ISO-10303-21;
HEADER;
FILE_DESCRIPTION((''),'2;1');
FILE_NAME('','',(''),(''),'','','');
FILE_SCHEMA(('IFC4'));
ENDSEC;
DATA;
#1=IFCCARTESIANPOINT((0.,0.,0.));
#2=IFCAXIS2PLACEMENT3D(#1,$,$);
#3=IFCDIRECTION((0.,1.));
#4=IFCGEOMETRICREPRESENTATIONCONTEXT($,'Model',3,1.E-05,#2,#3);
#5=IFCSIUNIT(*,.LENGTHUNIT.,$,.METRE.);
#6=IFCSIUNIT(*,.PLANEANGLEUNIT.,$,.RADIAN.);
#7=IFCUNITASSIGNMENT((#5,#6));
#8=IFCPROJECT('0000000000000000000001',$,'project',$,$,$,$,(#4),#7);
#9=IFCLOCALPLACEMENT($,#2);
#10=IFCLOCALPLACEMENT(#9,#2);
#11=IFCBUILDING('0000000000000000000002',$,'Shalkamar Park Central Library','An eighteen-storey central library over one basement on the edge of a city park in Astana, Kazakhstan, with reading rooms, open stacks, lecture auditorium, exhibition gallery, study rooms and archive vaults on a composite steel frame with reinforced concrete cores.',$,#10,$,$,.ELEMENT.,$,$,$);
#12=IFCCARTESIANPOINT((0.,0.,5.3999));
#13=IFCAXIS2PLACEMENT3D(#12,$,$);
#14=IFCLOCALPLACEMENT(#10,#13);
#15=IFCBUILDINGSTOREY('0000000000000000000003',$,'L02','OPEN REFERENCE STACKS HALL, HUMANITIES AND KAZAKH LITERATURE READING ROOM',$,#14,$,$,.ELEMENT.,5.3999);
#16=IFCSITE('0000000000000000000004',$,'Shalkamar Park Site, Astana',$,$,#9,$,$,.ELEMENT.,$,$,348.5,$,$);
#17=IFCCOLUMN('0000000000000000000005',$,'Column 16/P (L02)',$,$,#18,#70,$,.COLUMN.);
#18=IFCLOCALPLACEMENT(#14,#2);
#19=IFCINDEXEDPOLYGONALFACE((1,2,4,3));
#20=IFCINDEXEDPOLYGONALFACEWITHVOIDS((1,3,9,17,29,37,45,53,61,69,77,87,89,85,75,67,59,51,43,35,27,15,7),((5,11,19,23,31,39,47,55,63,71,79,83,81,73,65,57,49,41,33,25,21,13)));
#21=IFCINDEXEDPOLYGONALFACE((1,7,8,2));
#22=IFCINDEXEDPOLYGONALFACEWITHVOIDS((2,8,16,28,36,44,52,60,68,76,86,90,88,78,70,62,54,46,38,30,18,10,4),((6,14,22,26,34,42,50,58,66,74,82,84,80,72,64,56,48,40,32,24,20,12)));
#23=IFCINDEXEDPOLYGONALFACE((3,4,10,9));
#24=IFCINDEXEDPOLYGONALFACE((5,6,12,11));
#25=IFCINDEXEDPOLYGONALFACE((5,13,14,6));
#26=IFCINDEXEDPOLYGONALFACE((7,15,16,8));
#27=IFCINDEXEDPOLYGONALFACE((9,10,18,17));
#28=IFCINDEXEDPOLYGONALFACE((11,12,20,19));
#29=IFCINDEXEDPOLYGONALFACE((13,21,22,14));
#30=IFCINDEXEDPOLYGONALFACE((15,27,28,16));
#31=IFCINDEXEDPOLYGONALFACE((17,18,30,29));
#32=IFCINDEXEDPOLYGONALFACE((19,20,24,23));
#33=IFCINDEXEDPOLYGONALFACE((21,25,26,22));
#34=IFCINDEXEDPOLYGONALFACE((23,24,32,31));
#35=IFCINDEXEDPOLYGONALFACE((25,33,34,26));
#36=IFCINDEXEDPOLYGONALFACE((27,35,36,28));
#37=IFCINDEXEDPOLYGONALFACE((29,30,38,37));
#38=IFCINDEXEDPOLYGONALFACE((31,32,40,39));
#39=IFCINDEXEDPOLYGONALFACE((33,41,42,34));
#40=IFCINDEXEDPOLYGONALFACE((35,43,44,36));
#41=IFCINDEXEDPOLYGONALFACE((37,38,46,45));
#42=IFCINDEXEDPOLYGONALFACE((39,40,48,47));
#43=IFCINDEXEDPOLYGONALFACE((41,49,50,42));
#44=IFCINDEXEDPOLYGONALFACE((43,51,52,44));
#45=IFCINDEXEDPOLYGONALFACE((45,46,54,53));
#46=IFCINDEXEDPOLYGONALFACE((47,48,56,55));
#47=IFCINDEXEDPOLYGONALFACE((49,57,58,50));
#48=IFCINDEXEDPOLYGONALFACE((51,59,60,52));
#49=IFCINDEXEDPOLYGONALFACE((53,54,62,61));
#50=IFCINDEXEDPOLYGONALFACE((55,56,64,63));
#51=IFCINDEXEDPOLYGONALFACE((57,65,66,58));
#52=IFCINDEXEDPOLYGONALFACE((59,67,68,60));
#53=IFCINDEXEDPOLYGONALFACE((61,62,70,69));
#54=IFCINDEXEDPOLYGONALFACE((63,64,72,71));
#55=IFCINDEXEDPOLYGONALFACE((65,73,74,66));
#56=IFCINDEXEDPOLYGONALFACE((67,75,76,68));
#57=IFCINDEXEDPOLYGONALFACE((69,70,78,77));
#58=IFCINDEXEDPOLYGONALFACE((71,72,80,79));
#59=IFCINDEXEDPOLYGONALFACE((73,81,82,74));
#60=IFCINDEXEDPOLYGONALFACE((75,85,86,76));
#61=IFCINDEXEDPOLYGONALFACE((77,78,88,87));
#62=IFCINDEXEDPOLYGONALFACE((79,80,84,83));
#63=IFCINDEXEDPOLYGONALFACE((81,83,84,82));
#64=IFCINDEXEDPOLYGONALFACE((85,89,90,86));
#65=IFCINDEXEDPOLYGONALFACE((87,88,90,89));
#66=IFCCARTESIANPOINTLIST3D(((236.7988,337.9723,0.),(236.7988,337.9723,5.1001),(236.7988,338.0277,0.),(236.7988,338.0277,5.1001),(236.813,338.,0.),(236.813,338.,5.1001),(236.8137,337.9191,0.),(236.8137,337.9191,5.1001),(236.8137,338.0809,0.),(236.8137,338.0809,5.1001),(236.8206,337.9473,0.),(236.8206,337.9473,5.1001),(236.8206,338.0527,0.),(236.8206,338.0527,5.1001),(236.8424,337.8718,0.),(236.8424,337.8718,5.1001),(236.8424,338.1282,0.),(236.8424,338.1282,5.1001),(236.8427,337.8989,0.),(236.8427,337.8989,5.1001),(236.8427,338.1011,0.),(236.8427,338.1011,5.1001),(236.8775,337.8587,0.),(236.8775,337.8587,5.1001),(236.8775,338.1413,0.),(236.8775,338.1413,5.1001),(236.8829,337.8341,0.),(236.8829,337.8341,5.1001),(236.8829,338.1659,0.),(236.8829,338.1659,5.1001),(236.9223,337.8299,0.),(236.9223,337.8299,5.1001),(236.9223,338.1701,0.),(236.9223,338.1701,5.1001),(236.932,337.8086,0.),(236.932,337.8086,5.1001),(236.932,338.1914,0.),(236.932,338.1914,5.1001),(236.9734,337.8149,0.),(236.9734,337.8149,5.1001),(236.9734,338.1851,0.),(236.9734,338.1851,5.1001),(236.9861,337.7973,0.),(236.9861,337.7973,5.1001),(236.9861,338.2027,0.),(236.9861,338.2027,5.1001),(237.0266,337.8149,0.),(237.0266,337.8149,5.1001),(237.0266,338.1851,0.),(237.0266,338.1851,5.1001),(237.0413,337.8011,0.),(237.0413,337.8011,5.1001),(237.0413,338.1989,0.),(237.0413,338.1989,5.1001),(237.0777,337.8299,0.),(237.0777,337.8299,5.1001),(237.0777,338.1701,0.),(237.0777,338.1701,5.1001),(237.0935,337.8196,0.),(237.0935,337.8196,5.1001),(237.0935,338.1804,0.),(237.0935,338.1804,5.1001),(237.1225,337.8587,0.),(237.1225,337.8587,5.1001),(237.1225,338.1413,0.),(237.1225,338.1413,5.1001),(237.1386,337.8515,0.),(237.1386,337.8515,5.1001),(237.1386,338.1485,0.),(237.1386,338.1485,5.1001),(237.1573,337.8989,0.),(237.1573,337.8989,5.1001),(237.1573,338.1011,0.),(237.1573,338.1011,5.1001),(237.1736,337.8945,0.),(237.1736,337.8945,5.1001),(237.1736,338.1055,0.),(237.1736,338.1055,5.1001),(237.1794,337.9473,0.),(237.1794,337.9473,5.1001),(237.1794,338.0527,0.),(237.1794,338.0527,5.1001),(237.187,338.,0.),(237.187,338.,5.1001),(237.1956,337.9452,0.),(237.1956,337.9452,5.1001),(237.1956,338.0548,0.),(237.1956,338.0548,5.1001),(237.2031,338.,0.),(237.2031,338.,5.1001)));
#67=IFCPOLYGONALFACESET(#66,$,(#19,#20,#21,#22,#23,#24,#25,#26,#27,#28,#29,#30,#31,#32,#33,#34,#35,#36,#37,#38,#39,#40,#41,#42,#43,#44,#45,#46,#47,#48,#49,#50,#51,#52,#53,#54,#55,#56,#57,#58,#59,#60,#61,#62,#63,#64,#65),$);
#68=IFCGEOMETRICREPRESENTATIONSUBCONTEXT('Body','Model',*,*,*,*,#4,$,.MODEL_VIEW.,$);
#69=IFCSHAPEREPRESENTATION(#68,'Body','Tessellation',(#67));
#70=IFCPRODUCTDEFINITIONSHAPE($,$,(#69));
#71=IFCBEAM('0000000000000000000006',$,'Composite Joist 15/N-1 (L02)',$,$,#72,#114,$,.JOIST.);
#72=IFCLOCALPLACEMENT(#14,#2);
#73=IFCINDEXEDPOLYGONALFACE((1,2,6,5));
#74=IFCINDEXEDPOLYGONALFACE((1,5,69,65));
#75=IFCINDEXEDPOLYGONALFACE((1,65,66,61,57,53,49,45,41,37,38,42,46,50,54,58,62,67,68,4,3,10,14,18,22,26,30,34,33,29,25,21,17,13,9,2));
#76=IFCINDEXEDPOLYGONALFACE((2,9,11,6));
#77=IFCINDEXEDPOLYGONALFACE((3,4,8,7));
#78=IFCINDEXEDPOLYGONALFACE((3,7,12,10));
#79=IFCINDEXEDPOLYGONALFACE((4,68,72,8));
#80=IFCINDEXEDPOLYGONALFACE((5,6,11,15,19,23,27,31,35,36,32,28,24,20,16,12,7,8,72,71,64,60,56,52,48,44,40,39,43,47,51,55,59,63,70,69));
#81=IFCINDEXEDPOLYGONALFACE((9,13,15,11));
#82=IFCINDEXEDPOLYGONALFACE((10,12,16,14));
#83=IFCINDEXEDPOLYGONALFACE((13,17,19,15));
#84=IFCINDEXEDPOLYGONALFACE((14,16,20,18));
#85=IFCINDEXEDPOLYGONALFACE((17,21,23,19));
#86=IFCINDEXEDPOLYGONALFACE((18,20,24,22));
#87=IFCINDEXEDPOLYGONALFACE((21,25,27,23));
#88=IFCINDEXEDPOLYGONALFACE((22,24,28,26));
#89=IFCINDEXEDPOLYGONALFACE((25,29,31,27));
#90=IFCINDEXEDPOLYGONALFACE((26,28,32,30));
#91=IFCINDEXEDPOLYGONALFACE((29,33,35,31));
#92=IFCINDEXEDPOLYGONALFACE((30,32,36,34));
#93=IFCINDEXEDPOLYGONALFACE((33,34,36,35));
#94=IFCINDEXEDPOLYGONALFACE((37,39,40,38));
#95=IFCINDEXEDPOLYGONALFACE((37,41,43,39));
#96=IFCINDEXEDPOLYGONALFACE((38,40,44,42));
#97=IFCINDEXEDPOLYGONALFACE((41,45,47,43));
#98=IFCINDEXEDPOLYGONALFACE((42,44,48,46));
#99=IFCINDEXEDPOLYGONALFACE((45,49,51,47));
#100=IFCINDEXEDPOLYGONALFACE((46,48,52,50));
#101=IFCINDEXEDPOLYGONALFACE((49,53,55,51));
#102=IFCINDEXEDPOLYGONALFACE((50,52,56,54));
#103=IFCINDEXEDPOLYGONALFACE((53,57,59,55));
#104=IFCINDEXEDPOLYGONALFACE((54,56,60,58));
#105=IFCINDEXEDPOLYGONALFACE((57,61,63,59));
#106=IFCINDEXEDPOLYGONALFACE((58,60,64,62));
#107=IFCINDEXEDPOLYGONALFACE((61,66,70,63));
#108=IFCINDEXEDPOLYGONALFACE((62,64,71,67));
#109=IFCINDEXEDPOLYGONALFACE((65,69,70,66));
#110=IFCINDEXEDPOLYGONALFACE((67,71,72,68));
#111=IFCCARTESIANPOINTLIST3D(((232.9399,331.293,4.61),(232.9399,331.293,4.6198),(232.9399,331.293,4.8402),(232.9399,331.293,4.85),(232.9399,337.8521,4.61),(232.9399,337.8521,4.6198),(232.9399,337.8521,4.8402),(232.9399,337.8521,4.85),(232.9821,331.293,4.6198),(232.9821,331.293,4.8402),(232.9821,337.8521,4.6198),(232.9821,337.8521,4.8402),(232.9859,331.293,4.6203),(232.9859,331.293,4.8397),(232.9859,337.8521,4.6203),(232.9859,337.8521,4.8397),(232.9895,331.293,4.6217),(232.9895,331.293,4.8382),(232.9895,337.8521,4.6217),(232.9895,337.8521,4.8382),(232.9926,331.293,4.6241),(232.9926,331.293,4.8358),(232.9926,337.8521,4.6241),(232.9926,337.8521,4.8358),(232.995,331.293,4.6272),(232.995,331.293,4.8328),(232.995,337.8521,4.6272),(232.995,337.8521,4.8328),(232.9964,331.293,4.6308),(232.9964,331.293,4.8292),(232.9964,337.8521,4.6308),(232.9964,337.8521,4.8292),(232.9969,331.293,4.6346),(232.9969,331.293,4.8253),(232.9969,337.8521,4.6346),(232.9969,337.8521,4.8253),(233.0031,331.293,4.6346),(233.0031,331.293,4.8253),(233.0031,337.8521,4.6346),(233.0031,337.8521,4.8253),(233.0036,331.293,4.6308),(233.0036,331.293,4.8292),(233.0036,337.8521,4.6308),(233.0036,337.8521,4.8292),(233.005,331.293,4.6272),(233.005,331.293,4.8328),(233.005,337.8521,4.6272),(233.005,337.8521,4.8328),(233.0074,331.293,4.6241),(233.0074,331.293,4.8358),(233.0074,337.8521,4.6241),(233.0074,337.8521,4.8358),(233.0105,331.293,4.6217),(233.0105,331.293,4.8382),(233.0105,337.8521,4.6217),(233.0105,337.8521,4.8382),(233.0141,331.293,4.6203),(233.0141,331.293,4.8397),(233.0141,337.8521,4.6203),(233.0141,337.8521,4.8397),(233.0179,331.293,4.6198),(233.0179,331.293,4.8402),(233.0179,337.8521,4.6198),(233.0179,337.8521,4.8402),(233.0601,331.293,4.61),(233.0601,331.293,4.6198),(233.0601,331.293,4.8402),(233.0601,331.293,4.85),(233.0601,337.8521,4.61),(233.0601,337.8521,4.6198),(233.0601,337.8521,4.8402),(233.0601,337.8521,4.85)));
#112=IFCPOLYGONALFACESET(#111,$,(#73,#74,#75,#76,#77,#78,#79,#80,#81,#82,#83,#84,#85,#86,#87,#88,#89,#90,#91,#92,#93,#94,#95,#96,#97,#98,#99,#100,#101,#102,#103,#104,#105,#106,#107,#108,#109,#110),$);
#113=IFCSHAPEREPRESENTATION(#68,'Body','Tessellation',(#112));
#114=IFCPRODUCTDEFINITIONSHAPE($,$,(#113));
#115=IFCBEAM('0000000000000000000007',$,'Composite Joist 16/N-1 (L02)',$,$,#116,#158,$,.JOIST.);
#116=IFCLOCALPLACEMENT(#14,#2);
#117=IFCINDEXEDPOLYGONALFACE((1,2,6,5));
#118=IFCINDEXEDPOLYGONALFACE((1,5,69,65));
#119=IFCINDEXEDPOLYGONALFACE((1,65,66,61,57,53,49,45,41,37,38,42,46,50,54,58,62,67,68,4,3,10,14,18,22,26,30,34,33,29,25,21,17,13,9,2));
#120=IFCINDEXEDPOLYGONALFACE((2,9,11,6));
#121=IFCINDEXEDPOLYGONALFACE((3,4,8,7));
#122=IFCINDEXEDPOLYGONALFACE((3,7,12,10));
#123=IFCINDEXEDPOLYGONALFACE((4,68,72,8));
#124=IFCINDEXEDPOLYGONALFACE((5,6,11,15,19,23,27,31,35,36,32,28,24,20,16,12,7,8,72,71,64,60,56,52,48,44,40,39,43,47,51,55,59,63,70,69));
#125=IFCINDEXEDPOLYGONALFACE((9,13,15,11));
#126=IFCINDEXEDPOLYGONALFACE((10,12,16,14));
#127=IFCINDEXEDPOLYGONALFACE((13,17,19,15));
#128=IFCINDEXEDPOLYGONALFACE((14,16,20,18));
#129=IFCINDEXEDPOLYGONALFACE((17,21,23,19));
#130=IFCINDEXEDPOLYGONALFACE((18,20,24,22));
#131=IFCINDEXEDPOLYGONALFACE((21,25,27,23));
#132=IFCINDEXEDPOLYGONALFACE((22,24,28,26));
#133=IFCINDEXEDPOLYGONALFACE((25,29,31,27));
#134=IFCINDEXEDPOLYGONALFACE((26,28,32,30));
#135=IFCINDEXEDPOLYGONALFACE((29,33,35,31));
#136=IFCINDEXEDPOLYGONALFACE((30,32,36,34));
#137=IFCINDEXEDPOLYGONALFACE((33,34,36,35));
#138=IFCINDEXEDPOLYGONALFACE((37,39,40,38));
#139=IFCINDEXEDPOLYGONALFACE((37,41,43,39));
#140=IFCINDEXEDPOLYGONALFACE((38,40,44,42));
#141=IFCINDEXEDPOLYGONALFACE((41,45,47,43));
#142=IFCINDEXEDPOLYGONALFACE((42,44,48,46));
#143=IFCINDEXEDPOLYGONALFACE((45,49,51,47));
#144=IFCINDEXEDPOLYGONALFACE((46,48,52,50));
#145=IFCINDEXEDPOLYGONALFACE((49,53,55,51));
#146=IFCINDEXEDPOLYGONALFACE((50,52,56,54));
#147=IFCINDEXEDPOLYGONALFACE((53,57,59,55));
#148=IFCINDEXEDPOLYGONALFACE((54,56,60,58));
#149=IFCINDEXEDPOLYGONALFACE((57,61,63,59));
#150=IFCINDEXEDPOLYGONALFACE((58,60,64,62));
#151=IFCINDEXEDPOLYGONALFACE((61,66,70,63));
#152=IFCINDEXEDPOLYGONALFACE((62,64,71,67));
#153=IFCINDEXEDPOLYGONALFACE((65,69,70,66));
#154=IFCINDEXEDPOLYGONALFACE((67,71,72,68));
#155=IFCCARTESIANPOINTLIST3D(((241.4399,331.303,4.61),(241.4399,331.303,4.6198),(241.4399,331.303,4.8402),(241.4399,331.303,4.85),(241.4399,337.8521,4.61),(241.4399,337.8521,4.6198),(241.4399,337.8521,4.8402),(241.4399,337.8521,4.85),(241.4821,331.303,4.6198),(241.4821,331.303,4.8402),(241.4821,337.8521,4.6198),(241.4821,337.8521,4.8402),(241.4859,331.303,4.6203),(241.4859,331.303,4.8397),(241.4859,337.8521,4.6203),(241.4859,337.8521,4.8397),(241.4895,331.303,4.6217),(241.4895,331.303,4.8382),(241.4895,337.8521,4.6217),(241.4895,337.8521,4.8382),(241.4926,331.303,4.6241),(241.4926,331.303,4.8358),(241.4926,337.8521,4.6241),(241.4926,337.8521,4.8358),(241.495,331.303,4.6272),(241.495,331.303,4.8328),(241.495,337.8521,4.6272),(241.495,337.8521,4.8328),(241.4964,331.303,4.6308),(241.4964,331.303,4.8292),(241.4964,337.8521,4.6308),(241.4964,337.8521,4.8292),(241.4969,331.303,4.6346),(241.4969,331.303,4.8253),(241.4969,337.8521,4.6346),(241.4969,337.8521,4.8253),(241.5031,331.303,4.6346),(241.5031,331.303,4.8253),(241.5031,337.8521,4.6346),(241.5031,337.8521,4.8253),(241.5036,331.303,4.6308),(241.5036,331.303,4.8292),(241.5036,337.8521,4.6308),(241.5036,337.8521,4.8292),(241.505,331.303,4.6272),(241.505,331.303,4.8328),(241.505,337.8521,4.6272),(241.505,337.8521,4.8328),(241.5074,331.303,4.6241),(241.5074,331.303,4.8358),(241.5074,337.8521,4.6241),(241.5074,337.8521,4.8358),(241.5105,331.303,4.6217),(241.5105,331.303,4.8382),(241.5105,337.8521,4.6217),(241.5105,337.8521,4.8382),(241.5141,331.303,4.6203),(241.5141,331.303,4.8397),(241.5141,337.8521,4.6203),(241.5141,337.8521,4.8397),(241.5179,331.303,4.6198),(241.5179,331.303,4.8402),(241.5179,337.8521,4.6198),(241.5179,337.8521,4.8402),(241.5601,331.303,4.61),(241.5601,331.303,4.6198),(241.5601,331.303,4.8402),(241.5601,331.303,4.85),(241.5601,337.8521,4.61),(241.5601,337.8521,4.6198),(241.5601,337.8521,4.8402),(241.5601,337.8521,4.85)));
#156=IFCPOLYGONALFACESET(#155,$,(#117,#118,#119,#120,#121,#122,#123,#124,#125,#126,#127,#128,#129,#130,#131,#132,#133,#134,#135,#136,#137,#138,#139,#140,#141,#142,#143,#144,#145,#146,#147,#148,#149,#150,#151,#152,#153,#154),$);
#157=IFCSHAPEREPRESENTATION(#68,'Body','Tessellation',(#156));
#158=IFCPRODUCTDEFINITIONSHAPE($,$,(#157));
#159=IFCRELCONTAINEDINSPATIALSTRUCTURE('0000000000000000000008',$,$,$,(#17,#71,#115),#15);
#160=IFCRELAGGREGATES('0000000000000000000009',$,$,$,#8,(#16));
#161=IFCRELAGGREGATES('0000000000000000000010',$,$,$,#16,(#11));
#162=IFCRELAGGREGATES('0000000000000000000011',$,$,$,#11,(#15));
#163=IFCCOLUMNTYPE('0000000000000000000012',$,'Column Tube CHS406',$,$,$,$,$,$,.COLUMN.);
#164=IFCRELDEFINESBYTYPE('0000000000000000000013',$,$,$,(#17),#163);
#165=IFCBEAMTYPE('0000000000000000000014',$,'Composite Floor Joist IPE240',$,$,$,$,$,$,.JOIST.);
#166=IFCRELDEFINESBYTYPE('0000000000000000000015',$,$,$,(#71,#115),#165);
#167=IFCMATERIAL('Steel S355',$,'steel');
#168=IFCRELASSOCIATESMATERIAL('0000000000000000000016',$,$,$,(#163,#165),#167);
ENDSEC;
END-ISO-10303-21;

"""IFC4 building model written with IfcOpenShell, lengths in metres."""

from ifc_helpers import new_model, si_unit, direction, frame, origin, origin_2d, place, context, subcontext, project, spatial, hollow_circle, i_section, extrude, material, material_profile, profile_set, type_object, element, save


model = new_model("IFC4")

# Units and contexts
model_context = context("Model", 3, precision=1e-05, world=origin(), true_north=direction((0.0, 1.0)))
body_context = subcontext(model_context, "Body", "Model", "MODEL_VIEW")
ifc_project = project(units=[si_unit("LENGTHUNIT", "METRE"), si_unit("PLANEANGLEUNIT", "RADIAN")], contexts=[model_context])

# Site, building, storey
site_placement = place(None, origin())
site = spatial("IfcSite", under=ifc_project, at=site_placement, Name="Shalkamar Park Site, Astana", CompositionType="ELEMENT", RefElevation=348.5)
building_placement = place(site_placement, origin())
building = spatial("IfcBuilding", under=site, at=building_placement, Name="Shalkamar Park Central Library", Description="An eighteen-storey central library over one basement on the edge of a city park in Astana, Kazakhstan, with reading rooms, open stacks, lecture auditorium, exhibition gallery, study rooms and archive vaults on a composite steel frame with reinforced concrete cores.", CompositionType="ELEMENT")
storey_placement = place(building_placement, frame((0.0, 0.0, 5.3999)))
storey = spatial("IfcBuildingStorey", under=building, at=storey_placement, Name="L02", Description="OPEN REFERENCE STACKS HALL, HUMANITIES AND KAZAKH LITERATURE READING ROOM", CompositionType="ELEMENT", Elevation=5.3999)

# Column
ifc_material_1 = material(Name="Steel S355", Category="steel")
ifc_material_profile_1 = material_profile(ifc_material_1, hollow_circle(Radius=0.2031, WallThickness=0.0161, at=origin_2d()), Name="CHS 406.4x16")
ifc_profile_set_1 = profile_set([ifc_material_profile_1], Name="Steel S355")
column_type_1 = type_object("IfcColumnType", Name="Column Tube CHS406", PredefinedType="COLUMN", material=ifc_profile_set_1)
column_1_placement = place(storey_placement, frame((237.0, 338.0, 0.0), z_axis=(0.0, 0.0, 1.0), x_axis=(1.0, 0.0, 0.0)))
element("IfcColumn", 1, at=column_1_placement, inside=storey, type_object=column_type_1, Name="Column 16/P (L02)", PredefinedType="COLUMN", context=body_context, shape_type="SweptSolid", body=[
    extrude(hollow_circle(Radius=0.2031, WallThickness=0.0161, at=origin_2d()), origin(), (0.0, 0.0, 1.0), 5.1001),
])

# Beams
ifc_material_profile_2 = material_profile(ifc_material_1, i_section(OverallWidth=0.1201, OverallDepth=0.24, WebThickness=0.0061, FlangeThickness=0.0098, FilletRadius=0.0149, at=origin_2d()), Name="IPE 240")
ifc_profile_set_2 = profile_set([ifc_material_profile_2], Name="Steel S355")
beam_type_1 = type_object("IfcBeamType", Name="Composite Floor Joist IPE240", PredefinedType="JOIST", material=ifc_profile_set_2)
beam_1_placement = place(storey_placement, frame((233.0, 331.293, 4.73), z_axis=(0.0, 1.0, 0.0), x_axis=(-1.0, 0.0, 0.0)))
element("IfcBeam", 2, at=beam_1_placement, inside=storey, type_object=beam_type_1, Name="Composite Joist 15/N-1 (L02)", PredefinedType="JOIST", context=body_context, shape_type="SweptSolid", body=[
    extrude(i_section(OverallWidth=0.1201, OverallDepth=0.24, WebThickness=0.0061, FlangeThickness=0.0098, FilletRadius=0.0149, at=origin_2d()), origin(), (0.0, 0.0, 1.0), 6.5591),
])
beam_2_placement = place(storey_placement, frame((241.5, 331.303, 4.73), z_axis=(0.0, 1.0, 0.0), x_axis=(-1.0, 0.0, 0.0)))
element("IfcBeam", 3, at=beam_2_placement, inside=storey, type_object=beam_type_1, Name="Composite Joist 16/N-1 (L02)", PredefinedType="JOIST", context=body_context, shape_type="SweptSolid", body=[
    extrude(i_section(OverallWidth=0.1201, OverallDepth=0.24, WebThickness=0.0061, FlangeThickness=0.0098, FilletRadius=0.0149, at=origin_2d()), origin(), (0.0, 0.0, 1.0), 6.5491),
])

save(model, "model.ifc")
